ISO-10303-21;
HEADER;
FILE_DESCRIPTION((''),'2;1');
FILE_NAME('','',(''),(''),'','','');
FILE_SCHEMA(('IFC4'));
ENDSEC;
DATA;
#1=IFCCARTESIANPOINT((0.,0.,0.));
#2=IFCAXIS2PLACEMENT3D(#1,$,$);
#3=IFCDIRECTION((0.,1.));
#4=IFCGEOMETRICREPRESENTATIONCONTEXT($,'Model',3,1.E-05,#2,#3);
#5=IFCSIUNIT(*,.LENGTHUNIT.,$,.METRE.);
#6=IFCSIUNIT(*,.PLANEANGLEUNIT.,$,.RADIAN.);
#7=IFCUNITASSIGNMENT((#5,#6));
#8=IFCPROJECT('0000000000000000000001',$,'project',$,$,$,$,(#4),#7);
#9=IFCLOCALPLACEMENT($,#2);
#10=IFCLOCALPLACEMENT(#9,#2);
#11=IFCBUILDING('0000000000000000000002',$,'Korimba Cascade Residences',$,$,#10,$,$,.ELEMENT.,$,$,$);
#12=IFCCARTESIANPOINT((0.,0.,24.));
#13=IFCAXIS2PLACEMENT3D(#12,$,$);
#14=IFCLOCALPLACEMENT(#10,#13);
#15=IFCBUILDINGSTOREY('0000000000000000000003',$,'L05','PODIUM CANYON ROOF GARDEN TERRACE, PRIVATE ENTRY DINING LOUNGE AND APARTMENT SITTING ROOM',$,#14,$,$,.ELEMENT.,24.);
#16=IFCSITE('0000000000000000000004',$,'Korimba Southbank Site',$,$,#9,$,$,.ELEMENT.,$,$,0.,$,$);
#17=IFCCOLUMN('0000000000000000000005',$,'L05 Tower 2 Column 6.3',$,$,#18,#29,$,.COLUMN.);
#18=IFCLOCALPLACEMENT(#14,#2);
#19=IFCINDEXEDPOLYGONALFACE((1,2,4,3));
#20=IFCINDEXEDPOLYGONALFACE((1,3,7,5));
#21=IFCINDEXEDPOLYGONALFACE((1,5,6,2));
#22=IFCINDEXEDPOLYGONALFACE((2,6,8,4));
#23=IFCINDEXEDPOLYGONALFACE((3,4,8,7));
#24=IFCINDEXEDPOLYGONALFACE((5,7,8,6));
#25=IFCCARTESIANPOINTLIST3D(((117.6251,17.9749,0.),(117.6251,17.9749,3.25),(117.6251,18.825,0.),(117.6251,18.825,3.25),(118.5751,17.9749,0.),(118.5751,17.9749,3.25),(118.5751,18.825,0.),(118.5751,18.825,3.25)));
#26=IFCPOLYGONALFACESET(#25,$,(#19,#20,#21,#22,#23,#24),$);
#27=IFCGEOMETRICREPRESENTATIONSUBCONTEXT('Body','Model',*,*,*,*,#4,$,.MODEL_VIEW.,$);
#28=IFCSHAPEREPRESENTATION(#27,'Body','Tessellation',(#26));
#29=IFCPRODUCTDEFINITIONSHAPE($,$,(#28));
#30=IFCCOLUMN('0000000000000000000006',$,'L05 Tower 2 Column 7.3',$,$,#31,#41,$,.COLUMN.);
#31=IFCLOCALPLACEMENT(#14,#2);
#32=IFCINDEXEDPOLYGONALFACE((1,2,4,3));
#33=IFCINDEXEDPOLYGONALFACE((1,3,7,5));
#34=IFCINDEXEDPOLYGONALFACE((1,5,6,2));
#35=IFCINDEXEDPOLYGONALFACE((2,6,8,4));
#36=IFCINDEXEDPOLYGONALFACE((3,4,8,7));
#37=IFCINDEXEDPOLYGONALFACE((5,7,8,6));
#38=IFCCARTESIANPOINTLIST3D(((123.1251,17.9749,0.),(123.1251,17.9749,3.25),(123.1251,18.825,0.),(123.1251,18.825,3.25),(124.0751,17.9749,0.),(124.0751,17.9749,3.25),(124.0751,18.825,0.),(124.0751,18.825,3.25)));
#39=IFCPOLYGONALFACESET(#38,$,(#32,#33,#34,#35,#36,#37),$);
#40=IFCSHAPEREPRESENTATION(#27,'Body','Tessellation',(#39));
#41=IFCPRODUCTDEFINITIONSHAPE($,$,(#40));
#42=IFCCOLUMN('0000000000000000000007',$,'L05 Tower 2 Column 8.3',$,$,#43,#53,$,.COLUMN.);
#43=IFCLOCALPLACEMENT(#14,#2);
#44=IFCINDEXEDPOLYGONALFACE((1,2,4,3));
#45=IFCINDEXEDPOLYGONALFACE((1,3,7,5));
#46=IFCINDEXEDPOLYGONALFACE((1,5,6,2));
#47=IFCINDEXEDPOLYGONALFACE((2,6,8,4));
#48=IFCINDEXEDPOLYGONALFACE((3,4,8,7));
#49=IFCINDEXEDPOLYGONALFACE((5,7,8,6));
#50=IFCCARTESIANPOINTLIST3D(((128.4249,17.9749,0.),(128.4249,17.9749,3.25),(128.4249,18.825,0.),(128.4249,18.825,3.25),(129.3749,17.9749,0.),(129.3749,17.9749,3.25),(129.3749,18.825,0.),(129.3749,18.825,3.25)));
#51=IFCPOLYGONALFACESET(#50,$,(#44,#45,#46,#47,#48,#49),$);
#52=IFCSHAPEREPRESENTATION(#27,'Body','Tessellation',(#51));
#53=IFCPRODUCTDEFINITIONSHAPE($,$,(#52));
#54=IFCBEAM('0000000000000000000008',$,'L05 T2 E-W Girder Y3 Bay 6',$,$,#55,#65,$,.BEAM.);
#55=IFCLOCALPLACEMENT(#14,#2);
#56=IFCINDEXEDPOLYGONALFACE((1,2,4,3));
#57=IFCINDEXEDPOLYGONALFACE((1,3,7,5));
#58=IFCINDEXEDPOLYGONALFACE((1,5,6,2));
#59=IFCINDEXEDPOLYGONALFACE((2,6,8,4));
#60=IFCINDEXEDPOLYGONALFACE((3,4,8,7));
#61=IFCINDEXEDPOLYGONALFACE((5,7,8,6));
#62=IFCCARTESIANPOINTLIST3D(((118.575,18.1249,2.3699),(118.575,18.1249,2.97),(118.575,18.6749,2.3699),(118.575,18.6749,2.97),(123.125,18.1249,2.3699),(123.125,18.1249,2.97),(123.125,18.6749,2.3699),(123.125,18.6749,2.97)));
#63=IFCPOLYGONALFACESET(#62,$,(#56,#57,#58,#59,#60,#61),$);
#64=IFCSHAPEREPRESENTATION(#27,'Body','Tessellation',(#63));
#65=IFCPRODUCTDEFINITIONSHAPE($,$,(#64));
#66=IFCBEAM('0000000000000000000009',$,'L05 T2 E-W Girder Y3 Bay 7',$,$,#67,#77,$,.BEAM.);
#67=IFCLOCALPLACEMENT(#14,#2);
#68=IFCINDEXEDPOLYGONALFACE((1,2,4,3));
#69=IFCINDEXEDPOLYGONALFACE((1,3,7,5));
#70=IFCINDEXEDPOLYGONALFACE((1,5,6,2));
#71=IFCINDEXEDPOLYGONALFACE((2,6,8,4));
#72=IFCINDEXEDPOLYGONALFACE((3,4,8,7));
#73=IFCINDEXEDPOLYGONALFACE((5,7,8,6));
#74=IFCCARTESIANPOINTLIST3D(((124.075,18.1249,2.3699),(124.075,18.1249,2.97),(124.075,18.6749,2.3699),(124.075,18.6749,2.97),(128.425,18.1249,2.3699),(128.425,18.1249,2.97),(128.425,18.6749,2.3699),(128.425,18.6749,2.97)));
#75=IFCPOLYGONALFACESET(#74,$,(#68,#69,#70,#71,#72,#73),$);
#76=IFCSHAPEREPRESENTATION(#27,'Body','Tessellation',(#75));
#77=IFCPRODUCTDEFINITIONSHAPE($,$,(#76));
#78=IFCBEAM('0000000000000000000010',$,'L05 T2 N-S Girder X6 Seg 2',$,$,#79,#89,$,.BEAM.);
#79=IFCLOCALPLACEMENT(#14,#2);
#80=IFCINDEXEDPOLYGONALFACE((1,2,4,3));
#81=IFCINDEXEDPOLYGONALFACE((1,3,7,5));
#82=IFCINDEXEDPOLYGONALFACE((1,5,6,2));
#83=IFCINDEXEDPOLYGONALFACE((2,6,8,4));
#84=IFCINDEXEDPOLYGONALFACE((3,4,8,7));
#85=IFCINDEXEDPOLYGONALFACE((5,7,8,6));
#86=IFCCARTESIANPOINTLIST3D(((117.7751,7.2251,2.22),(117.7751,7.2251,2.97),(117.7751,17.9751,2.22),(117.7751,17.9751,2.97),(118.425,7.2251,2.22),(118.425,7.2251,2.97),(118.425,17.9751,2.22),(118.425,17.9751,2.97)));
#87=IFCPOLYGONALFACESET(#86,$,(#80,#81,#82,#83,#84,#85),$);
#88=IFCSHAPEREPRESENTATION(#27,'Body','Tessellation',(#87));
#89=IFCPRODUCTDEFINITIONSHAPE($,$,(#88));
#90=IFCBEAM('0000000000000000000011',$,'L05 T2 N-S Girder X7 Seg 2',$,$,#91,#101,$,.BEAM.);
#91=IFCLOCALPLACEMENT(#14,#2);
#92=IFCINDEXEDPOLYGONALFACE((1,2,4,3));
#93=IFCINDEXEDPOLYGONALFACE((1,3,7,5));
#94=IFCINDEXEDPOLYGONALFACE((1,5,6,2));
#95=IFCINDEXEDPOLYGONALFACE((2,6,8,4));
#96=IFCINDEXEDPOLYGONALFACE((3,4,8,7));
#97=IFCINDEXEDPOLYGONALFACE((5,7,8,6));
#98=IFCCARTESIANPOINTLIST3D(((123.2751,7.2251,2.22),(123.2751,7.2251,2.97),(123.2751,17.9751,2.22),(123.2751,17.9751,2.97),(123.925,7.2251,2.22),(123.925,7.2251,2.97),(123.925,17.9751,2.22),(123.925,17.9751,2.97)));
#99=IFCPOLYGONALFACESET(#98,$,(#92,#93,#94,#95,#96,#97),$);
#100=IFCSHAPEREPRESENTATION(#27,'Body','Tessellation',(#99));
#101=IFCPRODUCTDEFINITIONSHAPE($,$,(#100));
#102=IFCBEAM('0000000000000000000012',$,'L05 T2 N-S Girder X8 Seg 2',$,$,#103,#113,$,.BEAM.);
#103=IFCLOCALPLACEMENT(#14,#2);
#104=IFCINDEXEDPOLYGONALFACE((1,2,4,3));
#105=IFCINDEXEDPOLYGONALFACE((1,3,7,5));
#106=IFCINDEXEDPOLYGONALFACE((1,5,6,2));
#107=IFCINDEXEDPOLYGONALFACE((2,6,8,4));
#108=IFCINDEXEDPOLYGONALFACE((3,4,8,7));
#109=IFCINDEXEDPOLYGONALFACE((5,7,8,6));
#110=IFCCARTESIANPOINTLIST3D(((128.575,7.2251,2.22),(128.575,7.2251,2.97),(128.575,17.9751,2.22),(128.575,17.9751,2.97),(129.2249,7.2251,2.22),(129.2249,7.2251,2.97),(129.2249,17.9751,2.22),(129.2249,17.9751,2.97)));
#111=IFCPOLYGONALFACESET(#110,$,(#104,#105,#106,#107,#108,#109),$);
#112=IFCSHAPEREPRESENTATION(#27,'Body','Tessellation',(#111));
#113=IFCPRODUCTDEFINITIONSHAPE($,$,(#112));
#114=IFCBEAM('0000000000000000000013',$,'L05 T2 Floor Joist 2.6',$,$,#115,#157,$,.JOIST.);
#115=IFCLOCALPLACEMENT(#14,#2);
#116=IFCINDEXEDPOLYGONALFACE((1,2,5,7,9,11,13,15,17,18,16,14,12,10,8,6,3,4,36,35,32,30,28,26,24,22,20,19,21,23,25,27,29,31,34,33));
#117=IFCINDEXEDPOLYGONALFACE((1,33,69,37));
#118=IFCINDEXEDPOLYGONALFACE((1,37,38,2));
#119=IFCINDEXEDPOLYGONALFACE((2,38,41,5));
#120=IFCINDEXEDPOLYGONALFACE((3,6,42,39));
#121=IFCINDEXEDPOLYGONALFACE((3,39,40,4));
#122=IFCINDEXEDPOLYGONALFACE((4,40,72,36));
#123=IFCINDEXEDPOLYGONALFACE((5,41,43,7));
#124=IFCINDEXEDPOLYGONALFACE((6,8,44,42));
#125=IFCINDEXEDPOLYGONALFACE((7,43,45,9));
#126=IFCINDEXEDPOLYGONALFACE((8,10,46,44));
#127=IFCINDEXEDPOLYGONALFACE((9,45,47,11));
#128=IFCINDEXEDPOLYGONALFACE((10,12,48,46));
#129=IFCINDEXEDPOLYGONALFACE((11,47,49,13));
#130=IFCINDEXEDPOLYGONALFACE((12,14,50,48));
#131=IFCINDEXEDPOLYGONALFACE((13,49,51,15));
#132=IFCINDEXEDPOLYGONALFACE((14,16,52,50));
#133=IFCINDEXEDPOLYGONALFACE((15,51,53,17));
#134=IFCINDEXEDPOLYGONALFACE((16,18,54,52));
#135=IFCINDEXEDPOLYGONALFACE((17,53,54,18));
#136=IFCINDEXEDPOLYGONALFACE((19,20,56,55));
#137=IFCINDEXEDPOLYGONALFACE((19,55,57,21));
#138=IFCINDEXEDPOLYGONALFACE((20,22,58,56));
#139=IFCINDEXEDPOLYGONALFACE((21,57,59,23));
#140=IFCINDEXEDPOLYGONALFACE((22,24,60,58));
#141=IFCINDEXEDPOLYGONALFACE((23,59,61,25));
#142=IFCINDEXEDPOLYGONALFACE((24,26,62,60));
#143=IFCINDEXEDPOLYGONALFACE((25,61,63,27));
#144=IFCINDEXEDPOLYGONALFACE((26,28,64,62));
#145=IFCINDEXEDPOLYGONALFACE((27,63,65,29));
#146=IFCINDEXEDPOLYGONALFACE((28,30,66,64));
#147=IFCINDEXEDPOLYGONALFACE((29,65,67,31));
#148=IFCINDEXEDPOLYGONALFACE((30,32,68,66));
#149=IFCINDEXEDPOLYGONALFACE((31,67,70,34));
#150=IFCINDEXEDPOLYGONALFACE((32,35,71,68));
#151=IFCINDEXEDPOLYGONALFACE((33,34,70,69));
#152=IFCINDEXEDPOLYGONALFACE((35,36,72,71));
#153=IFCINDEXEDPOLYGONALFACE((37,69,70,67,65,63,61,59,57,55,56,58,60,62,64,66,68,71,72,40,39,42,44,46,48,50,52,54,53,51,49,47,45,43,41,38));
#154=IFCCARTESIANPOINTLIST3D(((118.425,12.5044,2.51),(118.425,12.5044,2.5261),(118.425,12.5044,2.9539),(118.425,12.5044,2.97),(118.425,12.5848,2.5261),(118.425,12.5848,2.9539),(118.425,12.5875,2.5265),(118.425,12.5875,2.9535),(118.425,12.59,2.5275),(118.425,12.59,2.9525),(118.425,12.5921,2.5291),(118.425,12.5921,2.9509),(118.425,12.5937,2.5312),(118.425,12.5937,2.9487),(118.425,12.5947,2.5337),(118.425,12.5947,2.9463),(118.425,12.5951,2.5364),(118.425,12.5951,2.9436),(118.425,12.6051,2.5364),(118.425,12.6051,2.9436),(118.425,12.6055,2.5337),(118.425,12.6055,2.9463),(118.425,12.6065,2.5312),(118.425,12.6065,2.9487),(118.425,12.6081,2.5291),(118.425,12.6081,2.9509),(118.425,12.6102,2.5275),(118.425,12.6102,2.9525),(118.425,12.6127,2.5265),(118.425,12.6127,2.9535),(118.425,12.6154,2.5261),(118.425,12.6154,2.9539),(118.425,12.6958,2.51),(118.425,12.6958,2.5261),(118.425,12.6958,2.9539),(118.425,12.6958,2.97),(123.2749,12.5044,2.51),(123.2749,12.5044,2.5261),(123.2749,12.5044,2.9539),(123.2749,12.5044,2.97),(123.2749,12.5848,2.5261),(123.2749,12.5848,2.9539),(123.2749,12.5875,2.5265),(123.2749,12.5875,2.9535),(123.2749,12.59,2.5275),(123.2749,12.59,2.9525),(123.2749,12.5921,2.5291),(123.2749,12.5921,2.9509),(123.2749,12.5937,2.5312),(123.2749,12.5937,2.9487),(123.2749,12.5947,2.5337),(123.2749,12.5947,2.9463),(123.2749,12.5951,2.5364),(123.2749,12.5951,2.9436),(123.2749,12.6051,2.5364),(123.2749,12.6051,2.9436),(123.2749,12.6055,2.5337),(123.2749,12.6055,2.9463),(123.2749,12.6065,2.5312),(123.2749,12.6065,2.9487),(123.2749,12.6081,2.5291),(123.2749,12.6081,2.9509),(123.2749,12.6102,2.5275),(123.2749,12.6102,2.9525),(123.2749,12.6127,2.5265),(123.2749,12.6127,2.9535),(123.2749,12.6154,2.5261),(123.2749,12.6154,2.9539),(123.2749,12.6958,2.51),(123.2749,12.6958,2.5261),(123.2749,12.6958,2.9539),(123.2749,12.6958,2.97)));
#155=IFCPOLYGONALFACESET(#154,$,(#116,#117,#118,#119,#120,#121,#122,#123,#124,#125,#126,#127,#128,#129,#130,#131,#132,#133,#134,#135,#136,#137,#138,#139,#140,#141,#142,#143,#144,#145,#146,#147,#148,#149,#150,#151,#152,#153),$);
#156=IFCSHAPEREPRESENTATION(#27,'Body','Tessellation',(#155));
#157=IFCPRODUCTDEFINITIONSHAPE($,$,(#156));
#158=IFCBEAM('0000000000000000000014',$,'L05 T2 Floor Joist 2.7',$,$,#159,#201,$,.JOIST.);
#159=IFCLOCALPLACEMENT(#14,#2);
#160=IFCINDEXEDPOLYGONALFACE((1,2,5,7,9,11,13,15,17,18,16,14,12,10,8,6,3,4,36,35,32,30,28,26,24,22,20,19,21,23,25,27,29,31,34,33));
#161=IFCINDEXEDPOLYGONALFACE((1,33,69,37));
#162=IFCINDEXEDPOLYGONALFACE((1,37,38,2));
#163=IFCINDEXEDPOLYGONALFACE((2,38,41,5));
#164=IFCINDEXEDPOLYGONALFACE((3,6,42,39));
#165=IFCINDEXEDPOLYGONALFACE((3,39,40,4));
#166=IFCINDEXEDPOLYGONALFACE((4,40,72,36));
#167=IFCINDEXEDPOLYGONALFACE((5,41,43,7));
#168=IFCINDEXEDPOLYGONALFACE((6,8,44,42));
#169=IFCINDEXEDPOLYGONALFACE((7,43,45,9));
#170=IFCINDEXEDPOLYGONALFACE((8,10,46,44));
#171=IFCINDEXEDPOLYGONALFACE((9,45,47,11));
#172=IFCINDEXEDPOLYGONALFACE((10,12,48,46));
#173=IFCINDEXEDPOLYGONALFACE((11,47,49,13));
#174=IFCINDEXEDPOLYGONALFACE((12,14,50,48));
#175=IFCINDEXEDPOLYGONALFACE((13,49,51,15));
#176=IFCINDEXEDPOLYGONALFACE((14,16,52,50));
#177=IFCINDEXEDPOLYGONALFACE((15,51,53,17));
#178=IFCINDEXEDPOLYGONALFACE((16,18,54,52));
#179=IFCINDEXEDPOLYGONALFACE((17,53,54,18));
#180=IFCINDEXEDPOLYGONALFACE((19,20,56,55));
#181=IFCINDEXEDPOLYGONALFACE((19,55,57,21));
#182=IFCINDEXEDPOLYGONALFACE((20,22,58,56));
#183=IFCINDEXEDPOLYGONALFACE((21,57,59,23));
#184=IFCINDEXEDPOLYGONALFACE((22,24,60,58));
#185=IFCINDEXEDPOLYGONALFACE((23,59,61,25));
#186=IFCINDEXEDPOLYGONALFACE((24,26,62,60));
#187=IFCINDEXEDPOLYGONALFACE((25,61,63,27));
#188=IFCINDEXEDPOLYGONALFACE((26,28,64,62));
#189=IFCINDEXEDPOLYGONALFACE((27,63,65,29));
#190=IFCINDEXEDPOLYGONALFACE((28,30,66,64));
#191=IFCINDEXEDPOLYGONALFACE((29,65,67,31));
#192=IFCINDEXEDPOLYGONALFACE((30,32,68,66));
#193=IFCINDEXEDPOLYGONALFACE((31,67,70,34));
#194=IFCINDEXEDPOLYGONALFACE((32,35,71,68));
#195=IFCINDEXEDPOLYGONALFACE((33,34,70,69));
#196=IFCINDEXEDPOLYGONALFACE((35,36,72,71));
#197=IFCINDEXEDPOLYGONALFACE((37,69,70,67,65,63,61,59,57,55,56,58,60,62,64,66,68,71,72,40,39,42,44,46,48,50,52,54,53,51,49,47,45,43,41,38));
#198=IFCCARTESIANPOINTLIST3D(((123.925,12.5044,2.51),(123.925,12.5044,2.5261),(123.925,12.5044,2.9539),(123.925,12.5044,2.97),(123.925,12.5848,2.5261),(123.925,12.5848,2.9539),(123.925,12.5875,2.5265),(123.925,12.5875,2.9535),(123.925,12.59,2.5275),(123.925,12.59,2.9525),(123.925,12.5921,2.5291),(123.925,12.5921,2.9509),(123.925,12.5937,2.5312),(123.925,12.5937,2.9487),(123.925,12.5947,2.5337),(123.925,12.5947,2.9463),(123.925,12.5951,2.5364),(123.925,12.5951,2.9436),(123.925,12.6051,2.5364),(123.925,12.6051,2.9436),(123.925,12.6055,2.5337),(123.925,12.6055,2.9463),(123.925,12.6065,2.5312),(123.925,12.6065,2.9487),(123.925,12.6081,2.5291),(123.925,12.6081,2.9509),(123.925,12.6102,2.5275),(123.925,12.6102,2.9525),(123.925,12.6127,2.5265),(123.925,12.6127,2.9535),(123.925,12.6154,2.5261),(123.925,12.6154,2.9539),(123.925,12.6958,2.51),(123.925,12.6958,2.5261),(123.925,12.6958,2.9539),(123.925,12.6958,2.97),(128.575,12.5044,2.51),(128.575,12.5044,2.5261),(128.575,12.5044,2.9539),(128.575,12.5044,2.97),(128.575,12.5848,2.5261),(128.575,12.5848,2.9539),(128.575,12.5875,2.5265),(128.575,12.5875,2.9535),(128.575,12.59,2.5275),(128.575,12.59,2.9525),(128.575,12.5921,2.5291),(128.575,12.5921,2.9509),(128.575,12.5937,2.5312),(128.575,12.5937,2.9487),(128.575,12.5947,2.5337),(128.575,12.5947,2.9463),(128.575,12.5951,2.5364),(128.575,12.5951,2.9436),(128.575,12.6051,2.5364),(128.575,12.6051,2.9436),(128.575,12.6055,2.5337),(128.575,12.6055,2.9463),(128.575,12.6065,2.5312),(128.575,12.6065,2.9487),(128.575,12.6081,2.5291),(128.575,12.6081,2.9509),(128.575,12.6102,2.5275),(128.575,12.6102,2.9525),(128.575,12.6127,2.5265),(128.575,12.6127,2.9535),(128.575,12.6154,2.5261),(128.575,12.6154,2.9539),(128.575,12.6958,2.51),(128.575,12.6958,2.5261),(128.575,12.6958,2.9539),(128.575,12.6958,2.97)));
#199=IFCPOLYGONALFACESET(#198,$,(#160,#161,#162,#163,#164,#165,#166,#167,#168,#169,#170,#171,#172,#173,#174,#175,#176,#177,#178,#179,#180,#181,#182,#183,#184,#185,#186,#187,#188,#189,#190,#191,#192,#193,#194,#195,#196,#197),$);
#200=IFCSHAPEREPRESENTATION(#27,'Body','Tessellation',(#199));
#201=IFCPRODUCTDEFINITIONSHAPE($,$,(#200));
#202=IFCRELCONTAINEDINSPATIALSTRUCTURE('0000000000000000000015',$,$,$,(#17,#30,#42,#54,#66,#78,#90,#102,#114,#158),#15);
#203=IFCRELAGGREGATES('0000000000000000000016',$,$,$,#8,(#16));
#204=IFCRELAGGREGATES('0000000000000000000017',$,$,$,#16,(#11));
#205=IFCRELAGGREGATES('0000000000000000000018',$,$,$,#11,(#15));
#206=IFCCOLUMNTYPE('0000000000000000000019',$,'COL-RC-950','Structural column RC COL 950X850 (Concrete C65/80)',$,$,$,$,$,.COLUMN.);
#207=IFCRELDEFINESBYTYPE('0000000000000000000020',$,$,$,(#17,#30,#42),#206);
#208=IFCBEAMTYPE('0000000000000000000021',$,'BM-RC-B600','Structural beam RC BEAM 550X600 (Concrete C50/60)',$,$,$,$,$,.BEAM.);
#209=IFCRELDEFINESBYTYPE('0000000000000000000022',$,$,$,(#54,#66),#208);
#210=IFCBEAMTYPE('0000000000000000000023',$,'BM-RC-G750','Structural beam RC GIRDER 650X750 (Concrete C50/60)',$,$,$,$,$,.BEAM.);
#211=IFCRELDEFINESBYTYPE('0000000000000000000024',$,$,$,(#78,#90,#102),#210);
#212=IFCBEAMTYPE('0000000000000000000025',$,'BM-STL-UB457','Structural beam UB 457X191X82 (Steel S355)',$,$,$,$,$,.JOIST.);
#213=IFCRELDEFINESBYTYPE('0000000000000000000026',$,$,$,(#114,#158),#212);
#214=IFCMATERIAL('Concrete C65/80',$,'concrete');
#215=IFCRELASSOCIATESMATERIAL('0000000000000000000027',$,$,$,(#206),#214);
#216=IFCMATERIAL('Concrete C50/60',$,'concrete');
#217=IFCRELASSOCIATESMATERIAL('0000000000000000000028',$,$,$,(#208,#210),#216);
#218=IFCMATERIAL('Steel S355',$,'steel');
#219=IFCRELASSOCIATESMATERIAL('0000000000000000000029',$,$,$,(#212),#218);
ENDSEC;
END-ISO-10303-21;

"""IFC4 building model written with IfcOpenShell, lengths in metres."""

from ifc_helpers import new_model, si_unit, direction, frame, origin, origin_2d, place, context, subcontext, project, spatial, rectangle, i_section, extrude, material, material_profile, profile_set, type_object, element, save


model = new_model("IFC4")

# Units and contexts
model_context = context("Model", 3, precision=1e-05, world=origin(), true_north=direction((0.0, 1.0)))
body_context = subcontext(model_context, "Body", "Model", "MODEL_VIEW")
ifc_project = project(units=[si_unit("LENGTHUNIT", "METRE"), si_unit("PLANEANGLEUNIT", "RADIAN")], contexts=[model_context])

# Site, building, storey
site_placement = place(None, origin())
site = spatial("IfcSite", under=ifc_project, at=site_placement, Name="Korimba Southbank Site", CompositionType="ELEMENT", RefElevation=0.0)
building_placement = place(site_placement, origin())
building = spatial("IfcBuilding", under=site, at=building_placement, Name="Korimba Cascade Residences", CompositionType="ELEMENT")
storey_placement = place(building_placement, frame((0.0, 0.0, 24.0)))
storey = spatial("IfcBuildingStorey", under=building, at=storey_placement, Name="L05", Description="PODIUM CANYON ROOF GARDEN TERRACE, PRIVATE ENTRY DINING LOUNGE AND APARTMENT SITTING ROOM", CompositionType="ELEMENT", Elevation=24.0)

# Columns
ifc_material_1 = material(Name="Concrete C65/80", Category="concrete")
ifc_material_profile_1 = material_profile(ifc_material_1, rectangle(XDim=0.95, YDim=0.8501, at=origin_2d()), Name="Concrete C65/80")
ifc_profile_set_1 = profile_set([ifc_material_profile_1], Name="Concrete C65/80")
column_type = type_object("IfcColumnType", Name="COL-RC-950", Description="Structural column RC COL 950X850 (Concrete C65/80)", PredefinedType="COLUMN", material=ifc_profile_set_1)
for number, where, z_axis, x_axis, name in (
    (1, (118.1001, 18.3999, 0.0), (0.0, 0.0, 1.0), (1.0, 0.0, 0.0), "L05 Tower 2 Column 6.3"),
    (2, (123.6001, 18.3999, 0.0), (0.0, 0.0, 1.0), (1.0, 0.0, 0.0), "L05 Tower 2 Column 7.3"),
    (3, (128.8999, 18.3999, 0.0), (0.0, 0.0, 1.0), (1.0, 0.0, 0.0), "L05 Tower 2 Column 8.3"),
):
    element("IfcColumn", number, at=place(storey_placement, frame(where, z_axis=z_axis, x_axis=x_axis)), inside=storey, type_object=column_type, Name=name, PredefinedType="COLUMN", context=body_context, shape_type="SweptSolid", body=[
        extrude(rectangle(XDim=0.95, YDim=0.8501, at=origin_2d()), origin(), (0.0, 0.0, 1.0), 3.25),
    ])

# Beams
ifc_material_2 = material(Name="Concrete C50/60", Category="concrete")
ifc_material_profile_2 = material_profile(ifc_material_2, rectangle(XDim=0.55, YDim=0.6001, at=origin_2d()), Name="Concrete C50/60")
ifc_profile_set_2 = profile_set([ifc_material_profile_2], Name="Concrete C50/60")
beam_type_1 = type_object("IfcBeamType", Name="BM-RC-B600", Description="Structural beam RC BEAM 550X600 (Concrete C50/60)", PredefinedType="BEAM", material=ifc_profile_set_2)
beam_1_placement = place(storey_placement, frame((118.575, 18.3999, 2.6699), z_axis=(1.0, 0.0, 0.0), x_axis=(0.0, 1.0, 0.0)))
element("IfcBeam", 4, at=beam_1_placement, inside=storey, type_object=beam_type_1, Name="L05 T2 E-W Girder Y3 Bay 6", PredefinedType="BEAM", context=body_context, shape_type="SweptSolid", body=[
    extrude(rectangle(XDim=0.55, YDim=0.6001, at=origin_2d()), origin(), (0.0, 0.0, 1.0), 4.55),
])
beam_2_placement = place(storey_placement, frame((124.075, 18.3999, 2.6699), z_axis=(1.0, 0.0, 0.0), x_axis=(0.0, 1.0, 0.0)))
element("IfcBeam", 5, at=beam_2_placement, inside=storey, type_object=beam_type_1, Name="L05 T2 E-W Girder Y3 Bay 7", PredefinedType="BEAM", context=body_context, shape_type="SweptSolid", body=[
    extrude(rectangle(XDim=0.55, YDim=0.6001, at=origin_2d()), origin(), (0.0, 0.0, 1.0), 4.3501),
])
ifc_material_profile_3 = material_profile(ifc_material_2, rectangle(XDim=0.6499, YDim=0.75, at=origin_2d()), Name="Concrete C50/60")
ifc_profile_set_3 = profile_set([ifc_material_profile_3], Name="Concrete C50/60")
beam_type_2 = type_object("IfcBeamType", Name="BM-RC-G750", Description="Structural beam RC GIRDER 650X750 (Concrete C50/60)", PredefinedType="BEAM", material=ifc_profile_set_3)
for number, where, z_axis, x_axis, name in (
    (6, (118.1001, 7.2251, 2.595), (0.0, 1.0, 0.0), (-1.0, 0.0, 0.0), "L05 T2 N-S Girder X6 Seg 2"),
    (7, (123.6001, 7.2251, 2.595), (0.0, 1.0, 0.0), (-1.0, 0.0, 0.0), "L05 T2 N-S Girder X7 Seg 2"),
    (8, (128.8999, 7.2251, 2.595), (0.0, 1.0, 0.0), (-1.0, 0.0, 0.0), "L05 T2 N-S Girder X8 Seg 2"),
):
    element("IfcBeam", number, at=place(storey_placement, frame(where, z_axis=z_axis, x_axis=x_axis)), inside=storey, type_object=beam_type_2, Name=name, PredefinedType="BEAM", context=body_context, shape_type="SweptSolid", body=[
        extrude(rectangle(XDim=0.6499, YDim=0.75, at=origin_2d()), origin(), (0.0, 0.0, 1.0), 10.75),
    ])
ifc_material_3 = material(Name="Steel S355", Category="steel")
ifc_material_profile_4 = material_profile(ifc_material_3, i_section(OverallWidth=0.1914, OverallDepth=0.46, WebThickness=0.01, FlangeThickness=0.0161, FilletRadius=0.0103, at=origin_2d()), Name="Steel S355")
ifc_profile_set_4 = profile_set([ifc_material_profile_4], Name="Steel S355")
beam_type_3 = type_object("IfcBeamType", Name="BM-STL-UB457", Description="Structural beam UB 457X191X82 (Steel S355)", PredefinedType="JOIST", material=ifc_profile_set_4)
beam_3_placement = place(storey_placement, frame((118.425, 12.6001, 2.74), z_axis=(1.0, 0.0, 0.0), x_axis=(0.0, 1.0, 0.0)))
element("IfcBeam", 9, at=beam_3_placement, inside=storey, type_object=beam_type_3, Name="L05 T2 Floor Joist 2.6", PredefinedType="JOIST", context=body_context, shape_type="SweptSolid", body=[
    extrude(i_section(OverallWidth=0.1914, OverallDepth=0.46, WebThickness=0.01, FlangeThickness=0.0161, FilletRadius=0.0103, at=origin_2d()), origin(), (0.0, 0.0, 1.0), 4.8499),
])
beam_4_placement = place(storey_placement, frame((123.925, 12.6001, 2.74), z_axis=(1.0, 0.0, 0.0), x_axis=(0.0, 1.0, 0.0)))
element("IfcBeam", 10, at=beam_4_placement, inside=storey, type_object=beam_type_3, Name="L05 T2 Floor Joist 2.7", PredefinedType="JOIST", context=body_context, shape_type="SweptSolid", body=[
    extrude(i_section(OverallWidth=0.1914, OverallDepth=0.46, WebThickness=0.01, FlangeThickness=0.0161, FilletRadius=0.0103, at=origin_2d()), origin(), (0.0, 0.0, 1.0), 4.6499),
])

save(model, "model.ifc")
